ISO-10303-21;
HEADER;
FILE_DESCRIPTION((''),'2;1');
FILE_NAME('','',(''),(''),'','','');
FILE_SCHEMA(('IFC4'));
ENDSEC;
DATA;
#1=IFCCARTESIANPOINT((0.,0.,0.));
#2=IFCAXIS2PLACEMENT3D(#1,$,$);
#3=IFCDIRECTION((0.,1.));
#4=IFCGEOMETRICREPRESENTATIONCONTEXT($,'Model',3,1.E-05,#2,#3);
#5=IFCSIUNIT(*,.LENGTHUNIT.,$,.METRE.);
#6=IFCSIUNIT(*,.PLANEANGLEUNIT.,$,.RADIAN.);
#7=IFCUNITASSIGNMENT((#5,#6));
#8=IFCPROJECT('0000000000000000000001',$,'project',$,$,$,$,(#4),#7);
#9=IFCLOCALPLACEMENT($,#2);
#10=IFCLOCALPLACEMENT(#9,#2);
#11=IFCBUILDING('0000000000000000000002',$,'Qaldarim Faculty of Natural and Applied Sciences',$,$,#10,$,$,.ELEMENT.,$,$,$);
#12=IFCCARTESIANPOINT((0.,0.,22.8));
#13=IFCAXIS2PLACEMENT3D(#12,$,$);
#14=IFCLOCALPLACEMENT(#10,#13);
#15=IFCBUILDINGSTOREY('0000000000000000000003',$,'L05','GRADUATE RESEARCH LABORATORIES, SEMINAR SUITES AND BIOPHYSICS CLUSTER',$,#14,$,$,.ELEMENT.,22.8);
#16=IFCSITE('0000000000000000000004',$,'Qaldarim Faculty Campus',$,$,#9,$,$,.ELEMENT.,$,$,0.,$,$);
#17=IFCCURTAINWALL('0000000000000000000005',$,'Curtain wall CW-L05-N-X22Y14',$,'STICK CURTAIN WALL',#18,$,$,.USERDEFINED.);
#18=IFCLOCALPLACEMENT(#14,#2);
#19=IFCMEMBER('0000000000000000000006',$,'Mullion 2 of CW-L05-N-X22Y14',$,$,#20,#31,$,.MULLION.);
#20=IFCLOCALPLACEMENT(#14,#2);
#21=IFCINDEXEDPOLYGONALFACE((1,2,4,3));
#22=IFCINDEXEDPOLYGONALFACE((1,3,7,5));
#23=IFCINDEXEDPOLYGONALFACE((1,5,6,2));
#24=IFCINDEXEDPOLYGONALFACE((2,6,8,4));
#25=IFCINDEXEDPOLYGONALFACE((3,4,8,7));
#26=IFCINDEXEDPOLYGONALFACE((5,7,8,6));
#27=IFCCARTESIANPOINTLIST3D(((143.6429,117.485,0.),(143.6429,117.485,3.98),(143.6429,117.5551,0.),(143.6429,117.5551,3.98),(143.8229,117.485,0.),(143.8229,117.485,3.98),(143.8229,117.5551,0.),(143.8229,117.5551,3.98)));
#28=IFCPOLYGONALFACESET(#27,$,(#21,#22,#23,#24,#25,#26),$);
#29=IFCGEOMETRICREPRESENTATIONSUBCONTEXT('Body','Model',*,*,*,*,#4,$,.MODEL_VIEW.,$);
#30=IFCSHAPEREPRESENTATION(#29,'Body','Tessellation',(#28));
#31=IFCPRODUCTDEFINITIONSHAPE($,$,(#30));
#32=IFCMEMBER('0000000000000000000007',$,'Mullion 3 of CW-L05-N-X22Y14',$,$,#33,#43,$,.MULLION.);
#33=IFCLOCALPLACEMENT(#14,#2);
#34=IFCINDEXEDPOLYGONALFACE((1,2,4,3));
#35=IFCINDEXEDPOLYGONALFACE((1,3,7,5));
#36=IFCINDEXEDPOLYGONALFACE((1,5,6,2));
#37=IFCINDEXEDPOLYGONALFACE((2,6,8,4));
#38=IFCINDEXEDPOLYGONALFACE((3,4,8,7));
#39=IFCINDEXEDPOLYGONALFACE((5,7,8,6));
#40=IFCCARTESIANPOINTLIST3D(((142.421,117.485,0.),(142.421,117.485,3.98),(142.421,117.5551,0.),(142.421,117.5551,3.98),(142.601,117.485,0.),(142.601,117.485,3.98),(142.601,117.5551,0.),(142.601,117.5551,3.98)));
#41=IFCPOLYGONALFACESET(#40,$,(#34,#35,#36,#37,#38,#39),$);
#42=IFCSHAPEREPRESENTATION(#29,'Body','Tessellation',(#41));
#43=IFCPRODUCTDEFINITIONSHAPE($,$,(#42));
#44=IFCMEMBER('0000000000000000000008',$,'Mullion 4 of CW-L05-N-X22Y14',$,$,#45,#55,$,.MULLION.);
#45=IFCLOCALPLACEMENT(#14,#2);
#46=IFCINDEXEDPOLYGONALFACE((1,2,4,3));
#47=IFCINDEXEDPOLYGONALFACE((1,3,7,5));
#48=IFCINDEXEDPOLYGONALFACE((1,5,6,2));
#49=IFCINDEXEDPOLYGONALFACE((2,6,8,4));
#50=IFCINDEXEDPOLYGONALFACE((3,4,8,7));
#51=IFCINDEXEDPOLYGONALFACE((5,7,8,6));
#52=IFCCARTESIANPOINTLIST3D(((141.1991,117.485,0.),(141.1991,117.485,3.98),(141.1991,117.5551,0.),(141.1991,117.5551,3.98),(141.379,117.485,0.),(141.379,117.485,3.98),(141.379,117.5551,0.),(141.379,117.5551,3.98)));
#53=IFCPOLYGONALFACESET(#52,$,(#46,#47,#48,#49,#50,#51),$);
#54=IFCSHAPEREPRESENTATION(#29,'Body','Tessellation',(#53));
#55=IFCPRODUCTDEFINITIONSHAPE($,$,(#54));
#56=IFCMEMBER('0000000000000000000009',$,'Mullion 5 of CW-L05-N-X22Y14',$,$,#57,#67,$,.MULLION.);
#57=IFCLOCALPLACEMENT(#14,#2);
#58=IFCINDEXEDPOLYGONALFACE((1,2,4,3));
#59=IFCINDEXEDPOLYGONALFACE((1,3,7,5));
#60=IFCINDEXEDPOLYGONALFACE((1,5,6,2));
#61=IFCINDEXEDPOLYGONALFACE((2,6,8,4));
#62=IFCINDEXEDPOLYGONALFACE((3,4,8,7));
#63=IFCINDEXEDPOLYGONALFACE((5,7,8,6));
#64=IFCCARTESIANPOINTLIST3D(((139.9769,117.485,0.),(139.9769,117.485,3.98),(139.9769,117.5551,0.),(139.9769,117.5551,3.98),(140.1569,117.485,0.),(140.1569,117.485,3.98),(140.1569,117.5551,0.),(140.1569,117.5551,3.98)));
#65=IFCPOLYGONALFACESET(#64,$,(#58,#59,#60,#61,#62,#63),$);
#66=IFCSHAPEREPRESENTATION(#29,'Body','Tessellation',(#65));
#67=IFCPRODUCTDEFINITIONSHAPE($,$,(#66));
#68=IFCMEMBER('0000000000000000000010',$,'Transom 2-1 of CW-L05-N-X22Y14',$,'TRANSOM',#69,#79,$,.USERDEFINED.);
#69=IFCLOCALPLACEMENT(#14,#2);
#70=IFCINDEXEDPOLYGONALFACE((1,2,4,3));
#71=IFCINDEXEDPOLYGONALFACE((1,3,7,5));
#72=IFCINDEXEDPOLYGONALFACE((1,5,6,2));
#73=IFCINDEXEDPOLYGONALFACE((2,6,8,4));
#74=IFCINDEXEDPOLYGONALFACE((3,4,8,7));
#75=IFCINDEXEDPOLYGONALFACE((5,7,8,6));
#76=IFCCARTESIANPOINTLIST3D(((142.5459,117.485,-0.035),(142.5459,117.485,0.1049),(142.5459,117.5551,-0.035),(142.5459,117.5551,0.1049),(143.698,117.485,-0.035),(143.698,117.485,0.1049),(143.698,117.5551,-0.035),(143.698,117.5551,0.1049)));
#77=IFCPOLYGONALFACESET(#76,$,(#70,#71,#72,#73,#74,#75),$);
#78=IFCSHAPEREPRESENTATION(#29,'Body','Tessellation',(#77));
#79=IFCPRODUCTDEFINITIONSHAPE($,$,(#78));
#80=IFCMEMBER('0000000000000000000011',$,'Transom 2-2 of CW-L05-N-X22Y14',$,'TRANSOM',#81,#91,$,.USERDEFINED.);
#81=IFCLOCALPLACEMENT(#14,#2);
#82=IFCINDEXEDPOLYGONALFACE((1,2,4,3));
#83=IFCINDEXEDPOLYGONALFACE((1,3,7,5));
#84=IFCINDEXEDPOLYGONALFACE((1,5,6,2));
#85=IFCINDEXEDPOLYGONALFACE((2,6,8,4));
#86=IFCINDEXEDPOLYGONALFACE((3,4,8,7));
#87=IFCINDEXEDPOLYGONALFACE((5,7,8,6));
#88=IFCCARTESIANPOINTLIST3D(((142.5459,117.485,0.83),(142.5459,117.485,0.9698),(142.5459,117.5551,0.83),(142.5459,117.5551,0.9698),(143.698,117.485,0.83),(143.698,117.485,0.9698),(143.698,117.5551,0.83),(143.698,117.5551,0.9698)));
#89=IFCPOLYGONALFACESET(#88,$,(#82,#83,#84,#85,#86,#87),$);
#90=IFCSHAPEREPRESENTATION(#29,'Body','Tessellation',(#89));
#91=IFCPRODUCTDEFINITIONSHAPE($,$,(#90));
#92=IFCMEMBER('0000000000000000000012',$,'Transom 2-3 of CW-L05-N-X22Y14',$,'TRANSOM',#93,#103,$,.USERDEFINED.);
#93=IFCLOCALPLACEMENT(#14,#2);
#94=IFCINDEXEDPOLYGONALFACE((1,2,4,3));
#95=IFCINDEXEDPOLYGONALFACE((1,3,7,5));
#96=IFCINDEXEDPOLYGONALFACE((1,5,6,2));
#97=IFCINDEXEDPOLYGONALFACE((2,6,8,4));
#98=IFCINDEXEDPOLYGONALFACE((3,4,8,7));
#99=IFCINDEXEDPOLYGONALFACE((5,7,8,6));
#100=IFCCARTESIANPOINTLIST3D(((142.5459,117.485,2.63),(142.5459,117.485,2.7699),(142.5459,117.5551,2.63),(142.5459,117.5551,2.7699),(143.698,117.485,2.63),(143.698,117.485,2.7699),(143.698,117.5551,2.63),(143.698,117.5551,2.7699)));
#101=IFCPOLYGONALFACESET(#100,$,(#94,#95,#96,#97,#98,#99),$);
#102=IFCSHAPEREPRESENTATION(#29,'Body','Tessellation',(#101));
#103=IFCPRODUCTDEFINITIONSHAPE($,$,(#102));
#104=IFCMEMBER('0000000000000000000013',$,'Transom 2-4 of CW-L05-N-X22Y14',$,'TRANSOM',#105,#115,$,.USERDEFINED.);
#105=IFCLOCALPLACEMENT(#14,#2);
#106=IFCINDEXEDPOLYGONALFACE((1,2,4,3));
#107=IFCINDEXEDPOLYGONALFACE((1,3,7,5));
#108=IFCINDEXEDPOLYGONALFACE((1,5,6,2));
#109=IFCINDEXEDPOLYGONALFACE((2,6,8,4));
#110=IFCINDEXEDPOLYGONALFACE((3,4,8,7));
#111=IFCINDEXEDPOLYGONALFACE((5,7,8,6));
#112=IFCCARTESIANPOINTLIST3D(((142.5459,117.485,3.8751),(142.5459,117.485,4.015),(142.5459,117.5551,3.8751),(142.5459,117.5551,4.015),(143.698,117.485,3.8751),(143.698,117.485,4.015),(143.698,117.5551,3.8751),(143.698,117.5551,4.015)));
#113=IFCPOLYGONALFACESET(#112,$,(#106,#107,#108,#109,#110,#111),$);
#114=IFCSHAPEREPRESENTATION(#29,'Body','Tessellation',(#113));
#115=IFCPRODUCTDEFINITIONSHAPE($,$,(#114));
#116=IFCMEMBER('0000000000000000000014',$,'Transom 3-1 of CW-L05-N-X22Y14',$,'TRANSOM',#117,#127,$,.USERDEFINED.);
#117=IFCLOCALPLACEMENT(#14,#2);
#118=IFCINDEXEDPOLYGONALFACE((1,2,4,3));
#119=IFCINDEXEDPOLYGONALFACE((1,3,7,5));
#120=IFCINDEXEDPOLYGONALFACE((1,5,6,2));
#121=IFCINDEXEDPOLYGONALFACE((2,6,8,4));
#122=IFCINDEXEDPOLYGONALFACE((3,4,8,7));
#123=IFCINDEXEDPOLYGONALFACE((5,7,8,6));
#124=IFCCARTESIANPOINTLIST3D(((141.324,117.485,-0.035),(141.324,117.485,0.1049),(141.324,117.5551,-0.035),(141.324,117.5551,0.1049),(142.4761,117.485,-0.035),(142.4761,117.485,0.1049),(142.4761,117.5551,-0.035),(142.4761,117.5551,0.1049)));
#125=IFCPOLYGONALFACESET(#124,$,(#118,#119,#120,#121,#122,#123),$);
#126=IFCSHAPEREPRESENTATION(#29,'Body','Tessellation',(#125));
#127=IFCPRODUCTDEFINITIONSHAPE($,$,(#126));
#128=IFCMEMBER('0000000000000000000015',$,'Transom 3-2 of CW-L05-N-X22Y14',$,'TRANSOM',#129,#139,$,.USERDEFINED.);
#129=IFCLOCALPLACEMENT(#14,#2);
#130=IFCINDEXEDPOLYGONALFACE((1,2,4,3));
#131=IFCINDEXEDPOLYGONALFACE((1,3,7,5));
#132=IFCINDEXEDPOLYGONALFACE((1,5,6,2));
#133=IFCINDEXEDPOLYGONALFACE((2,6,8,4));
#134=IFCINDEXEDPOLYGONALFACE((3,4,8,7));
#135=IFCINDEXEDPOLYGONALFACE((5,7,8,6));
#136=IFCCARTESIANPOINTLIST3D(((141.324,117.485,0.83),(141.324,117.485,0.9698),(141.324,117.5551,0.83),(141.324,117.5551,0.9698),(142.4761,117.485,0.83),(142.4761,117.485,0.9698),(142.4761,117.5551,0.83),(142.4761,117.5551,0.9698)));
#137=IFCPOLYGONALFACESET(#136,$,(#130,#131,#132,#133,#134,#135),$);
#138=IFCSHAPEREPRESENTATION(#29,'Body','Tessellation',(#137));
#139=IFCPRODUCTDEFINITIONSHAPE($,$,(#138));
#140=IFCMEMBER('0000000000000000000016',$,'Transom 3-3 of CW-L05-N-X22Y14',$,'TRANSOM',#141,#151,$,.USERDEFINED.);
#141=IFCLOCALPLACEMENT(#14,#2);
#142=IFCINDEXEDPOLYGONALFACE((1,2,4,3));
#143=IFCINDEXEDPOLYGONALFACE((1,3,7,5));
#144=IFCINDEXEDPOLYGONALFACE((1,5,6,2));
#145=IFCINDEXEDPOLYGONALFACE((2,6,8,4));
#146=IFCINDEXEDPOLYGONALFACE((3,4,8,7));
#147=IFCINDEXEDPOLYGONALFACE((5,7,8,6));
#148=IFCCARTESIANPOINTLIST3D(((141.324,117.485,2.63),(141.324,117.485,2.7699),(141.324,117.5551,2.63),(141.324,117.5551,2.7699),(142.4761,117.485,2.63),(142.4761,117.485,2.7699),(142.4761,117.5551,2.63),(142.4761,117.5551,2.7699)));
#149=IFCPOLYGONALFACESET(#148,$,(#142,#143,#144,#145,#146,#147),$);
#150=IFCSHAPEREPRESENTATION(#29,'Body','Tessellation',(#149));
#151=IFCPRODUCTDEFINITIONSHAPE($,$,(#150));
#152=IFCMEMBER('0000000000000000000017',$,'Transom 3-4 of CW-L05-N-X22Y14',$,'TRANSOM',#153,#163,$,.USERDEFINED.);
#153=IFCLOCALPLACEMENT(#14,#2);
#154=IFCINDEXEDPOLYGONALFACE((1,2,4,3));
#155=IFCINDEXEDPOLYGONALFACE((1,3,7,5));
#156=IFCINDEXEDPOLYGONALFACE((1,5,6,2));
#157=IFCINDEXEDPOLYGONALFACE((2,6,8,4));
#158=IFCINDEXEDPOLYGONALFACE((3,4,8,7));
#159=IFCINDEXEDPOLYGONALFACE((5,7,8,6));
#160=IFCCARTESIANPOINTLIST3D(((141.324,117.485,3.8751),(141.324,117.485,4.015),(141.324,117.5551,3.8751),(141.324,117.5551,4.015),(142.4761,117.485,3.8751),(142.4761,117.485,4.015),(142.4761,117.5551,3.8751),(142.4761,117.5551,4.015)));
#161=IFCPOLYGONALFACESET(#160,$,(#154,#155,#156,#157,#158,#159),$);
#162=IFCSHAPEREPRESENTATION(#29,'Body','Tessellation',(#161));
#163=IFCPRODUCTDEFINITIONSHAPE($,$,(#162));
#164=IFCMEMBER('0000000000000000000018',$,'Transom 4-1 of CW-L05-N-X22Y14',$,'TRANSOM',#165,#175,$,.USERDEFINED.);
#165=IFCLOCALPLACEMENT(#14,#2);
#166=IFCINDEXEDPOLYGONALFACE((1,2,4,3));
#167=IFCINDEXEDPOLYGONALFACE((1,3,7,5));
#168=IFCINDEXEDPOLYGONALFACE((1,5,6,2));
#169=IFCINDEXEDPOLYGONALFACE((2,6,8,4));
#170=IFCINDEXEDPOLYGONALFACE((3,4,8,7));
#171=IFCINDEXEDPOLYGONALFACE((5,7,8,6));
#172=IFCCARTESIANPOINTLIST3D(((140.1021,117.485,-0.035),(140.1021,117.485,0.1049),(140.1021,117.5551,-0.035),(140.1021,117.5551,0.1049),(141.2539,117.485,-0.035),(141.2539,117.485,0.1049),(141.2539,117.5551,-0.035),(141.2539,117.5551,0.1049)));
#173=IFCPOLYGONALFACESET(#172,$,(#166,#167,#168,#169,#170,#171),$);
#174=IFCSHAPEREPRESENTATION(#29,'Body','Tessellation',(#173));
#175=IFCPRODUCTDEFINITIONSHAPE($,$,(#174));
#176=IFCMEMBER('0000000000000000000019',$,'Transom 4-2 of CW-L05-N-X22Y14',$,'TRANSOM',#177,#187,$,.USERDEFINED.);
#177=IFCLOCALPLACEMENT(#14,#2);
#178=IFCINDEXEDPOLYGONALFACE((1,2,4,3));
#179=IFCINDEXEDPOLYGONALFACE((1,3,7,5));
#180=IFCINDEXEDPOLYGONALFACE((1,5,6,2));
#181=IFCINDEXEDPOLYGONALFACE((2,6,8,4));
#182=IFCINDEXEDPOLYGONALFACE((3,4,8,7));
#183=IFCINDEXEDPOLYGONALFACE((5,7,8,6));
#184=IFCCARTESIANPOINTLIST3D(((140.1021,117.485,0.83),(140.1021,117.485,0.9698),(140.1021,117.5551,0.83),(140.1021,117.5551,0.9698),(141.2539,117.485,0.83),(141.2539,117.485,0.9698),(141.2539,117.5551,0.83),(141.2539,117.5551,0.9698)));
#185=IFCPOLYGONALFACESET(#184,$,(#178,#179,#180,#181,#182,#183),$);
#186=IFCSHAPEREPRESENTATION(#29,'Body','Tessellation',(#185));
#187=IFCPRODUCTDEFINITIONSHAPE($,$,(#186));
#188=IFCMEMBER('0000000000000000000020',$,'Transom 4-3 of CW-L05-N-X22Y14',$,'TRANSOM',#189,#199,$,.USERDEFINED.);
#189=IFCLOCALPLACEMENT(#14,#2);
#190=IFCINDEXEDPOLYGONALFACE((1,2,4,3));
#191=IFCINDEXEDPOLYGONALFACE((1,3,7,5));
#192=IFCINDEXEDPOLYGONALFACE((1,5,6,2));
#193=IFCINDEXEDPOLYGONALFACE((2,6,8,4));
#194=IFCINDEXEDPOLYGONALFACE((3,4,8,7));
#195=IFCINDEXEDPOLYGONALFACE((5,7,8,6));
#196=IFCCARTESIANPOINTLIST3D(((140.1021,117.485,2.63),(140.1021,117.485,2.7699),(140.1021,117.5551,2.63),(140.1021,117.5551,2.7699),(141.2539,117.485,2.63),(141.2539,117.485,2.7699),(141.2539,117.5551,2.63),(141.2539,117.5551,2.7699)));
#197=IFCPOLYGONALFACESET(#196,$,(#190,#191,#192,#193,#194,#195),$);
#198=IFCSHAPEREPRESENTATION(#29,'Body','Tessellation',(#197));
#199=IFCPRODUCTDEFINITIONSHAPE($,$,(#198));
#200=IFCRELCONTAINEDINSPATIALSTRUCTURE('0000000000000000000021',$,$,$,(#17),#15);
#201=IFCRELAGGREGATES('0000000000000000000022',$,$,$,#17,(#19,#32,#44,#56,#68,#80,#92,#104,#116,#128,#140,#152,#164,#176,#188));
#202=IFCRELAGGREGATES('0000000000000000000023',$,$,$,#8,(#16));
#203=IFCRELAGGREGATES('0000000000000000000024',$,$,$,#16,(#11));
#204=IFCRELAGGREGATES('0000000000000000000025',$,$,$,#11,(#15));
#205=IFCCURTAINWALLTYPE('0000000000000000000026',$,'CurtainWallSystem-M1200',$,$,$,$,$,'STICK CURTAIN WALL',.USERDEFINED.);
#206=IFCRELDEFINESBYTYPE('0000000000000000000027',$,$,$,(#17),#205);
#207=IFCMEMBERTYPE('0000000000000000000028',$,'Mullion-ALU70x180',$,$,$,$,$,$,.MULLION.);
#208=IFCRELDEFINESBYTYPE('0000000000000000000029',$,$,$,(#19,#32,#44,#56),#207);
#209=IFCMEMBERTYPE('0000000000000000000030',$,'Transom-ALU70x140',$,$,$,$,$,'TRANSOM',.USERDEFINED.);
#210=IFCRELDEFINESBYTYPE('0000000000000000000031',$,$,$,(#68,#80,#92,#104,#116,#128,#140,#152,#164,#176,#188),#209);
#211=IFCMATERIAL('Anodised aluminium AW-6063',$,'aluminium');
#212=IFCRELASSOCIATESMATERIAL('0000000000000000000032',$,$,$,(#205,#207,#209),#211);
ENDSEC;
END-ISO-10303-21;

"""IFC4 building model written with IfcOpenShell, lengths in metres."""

from ifc_helpers import new_model, si_unit, direction, frame, origin, origin_2d, place, context, subcontext, project, spatial, rectangle, extrude, material, material_profile, profile_set, type_object, element, aggregate, save


model = new_model("IFC4")

# Units and contexts
model_context = context("Model", 3, precision=1e-05, world=origin(), true_north=direction((0.0, 1.0)))
body_context = subcontext(model_context, "Body", "Model", "MODEL_VIEW")
ifc_project = project(units=[si_unit("LENGTHUNIT", "METRE"), si_unit("PLANEANGLEUNIT", "RADIAN")], contexts=[model_context])

# Site, building, storey
site_placement = place(None, origin())
site = spatial("IfcSite", under=ifc_project, at=site_placement, Name="Qaldarim Faculty Campus", CompositionType="ELEMENT", RefElevation=0.0)
building_placement = place(site_placement, origin())
building = spatial("IfcBuilding", under=site, at=building_placement, Name="Qaldarim Faculty of Natural and Applied Sciences", CompositionType="ELEMENT")
storey_placement = place(building_placement, frame((0.0, 0.0, 22.8)))
storey = spatial("IfcBuildingStorey", under=building, at=storey_placement, Name="L05", Description="GRADUATE RESEARCH LABORATORIES, SEMINAR SUITES AND BIOPHYSICS CLUSTER", CompositionType="ELEMENT", Elevation=22.8)

# Curtain wall, members
ifc_material_1 = material(Name="Anodised aluminium AW-6063", Category="aluminium")
curtain_wall_type = type_object("IfcCurtainWallType", Name="CurtainWallSystem-M1200", ElementType="STICK CURTAIN WALL", PredefinedType="USERDEFINED", material=ifc_material_1)
curtain_wall_placement = place(storey_placement, origin())
curtain_wall = element("IfcCurtainWall", 1, at=curtain_wall_placement, inside=storey, type_object=curtain_wall_type, Name="Curtain wall CW-L05-N-X22Y14", ObjectType="STICK CURTAIN WALL", PredefinedType="USERDEFINED")
ifc_material_profile_1 = material_profile(ifc_material_1, rectangle(XDim=0.0701, YDim=0.1799, at=origin_2d()), Name="ALU-M70x180")
ifc_profile_set_1 = profile_set([ifc_material_profile_1], Name="Anodised aluminium AW-6063")
member_type_1 = type_object("IfcMemberType", Name="Mullion-ALU70x180", PredefinedType="MULLION", material=ifc_profile_set_1)
member_1_placement = place(storey_placement, frame((143.7329, 117.52, 0.0), z_axis=(0.0, 0.0, 1.0), x_axis=(0.0, -1.0, 0.0)))
member_1 = element("IfcMember", 2, at=member_1_placement, type_object=member_type_1, Name="Mullion 2 of CW-L05-N-X22Y14", PredefinedType="MULLION", context=body_context, shape_type="SweptSolid", body=[
    extrude(rectangle(XDim=0.0701, YDim=0.1799, at=origin_2d()), origin(), (0.0, 0.0, 1.0), 3.98),
])
member_2_placement = place(storey_placement, frame((142.511, 117.52, 0.0), z_axis=(0.0, 0.0, 1.0), x_axis=(0.0, -1.0, 0.0)))
member_2 = element("IfcMember", 3, at=member_2_placement, type_object=member_type_1, Name="Mullion 3 of CW-L05-N-X22Y14", PredefinedType="MULLION", context=body_context, shape_type="SweptSolid", body=[
    extrude(rectangle(XDim=0.0701, YDim=0.1799, at=origin_2d()), origin(), (0.0, 0.0, 1.0), 3.98),
])
member_3_placement = place(storey_placement, frame((141.2891, 117.52, 0.0), z_axis=(0.0, 0.0, 1.0), x_axis=(0.0, -1.0, 0.0)))
member_3 = element("IfcMember", 4, at=member_3_placement, type_object=member_type_1, Name="Mullion 4 of CW-L05-N-X22Y14", PredefinedType="MULLION", context=body_context, shape_type="SweptSolid", body=[
    extrude(rectangle(XDim=0.0701, YDim=0.1799, at=origin_2d()), origin(), (0.0, 0.0, 1.0), 3.98),
])
member_4_placement = place(storey_placement, frame((140.0669, 117.52, 0.0), z_axis=(0.0, 0.0, 1.0), x_axis=(0.0, -1.0, 0.0)))
member_4 = element("IfcMember", 5, at=member_4_placement, type_object=member_type_1, Name="Mullion 5 of CW-L05-N-X22Y14", PredefinedType="MULLION", context=body_context, shape_type="SweptSolid", body=[
    extrude(rectangle(XDim=0.0701, YDim=0.1799, at=origin_2d()), origin(), (0.0, 0.0, 1.0), 3.98),
])
ifc_material_profile_2 = material_profile(ifc_material_1, rectangle(XDim=0.0701, YDim=0.1399, at=origin_2d()), Name="ALU-T70x140")
ifc_profile_set_2 = profile_set([ifc_material_profile_2], Name="Anodised aluminium AW-6063")
member_type_2 = type_object("IfcMemberType", Name="Transom-ALU70x140", ElementType="TRANSOM", PredefinedType="USERDEFINED", material=ifc_profile_set_2)
member_5_placement = place(storey_placement, frame((143.698, 117.52, 0.0349), z_axis=(-1.0, 0.0, 0.0), x_axis=(0.0, -1.0, 0.0)))
member_5 = element("IfcMember", 6, at=member_5_placement, type_object=member_type_2, Name="Transom 2-1 of CW-L05-N-X22Y14", ObjectType="TRANSOM", PredefinedType="USERDEFINED", context=body_context, shape_type="SweptSolid", body=[
    extrude(rectangle(XDim=0.0701, YDim=0.1399, at=origin_2d()), origin(), (0.0, 0.0, 1.0), 1.1521),
])
member_6_placement = place(storey_placement, frame((143.698, 117.52, 0.8999), z_axis=(-1.0, 0.0, 0.0), x_axis=(0.0, -1.0, 0.0)))
member_6 = element("IfcMember", 7, at=member_6_placement, type_object=member_type_2, Name="Transom 2-2 of CW-L05-N-X22Y14", ObjectType="TRANSOM", PredefinedType="USERDEFINED", context=body_context, shape_type="SweptSolid", body=[
    extrude(rectangle(XDim=0.0701, YDim=0.1399, at=origin_2d()), origin(), (0.0, 0.0, 1.0), 1.1521),
])
member_7_placement = place(storey_placement, frame((143.698, 117.52, 2.7), z_axis=(-1.0, 0.0, 0.0), x_axis=(0.0, -1.0, 0.0)))
member_7 = element("IfcMember", 8, at=member_7_placement, type_object=member_type_2, Name="Transom 2-3 of CW-L05-N-X22Y14", ObjectType="TRANSOM", PredefinedType="USERDEFINED", context=body_context, shape_type="SweptSolid", body=[
    extrude(rectangle(XDim=0.0701, YDim=0.1399, at=origin_2d()), origin(), (0.0, 0.0, 1.0), 1.1521),
])
member_8_placement = place(storey_placement, frame((143.698, 117.52, 3.9451), z_axis=(-1.0, 0.0, 0.0), x_axis=(0.0, -1.0, 0.0)))
member_8 = element("IfcMember", 9, at=member_8_placement, type_object=member_type_2, Name="Transom 2-4 of CW-L05-N-X22Y14", ObjectType="TRANSOM", PredefinedType="USERDEFINED", context=body_context, shape_type="SweptSolid", body=[
    extrude(rectangle(XDim=0.0701, YDim=0.1399, at=origin_2d()), origin(), (0.0, 0.0, 1.0), 1.1521),
])
member_9_placement = place(storey_placement, frame((142.4761, 117.52, 0.0349), z_axis=(-1.0, 0.0, 0.0), x_axis=(0.0, -1.0, 0.0)))
member_9 = element("IfcMember", 10, at=member_9_placement, type_object=member_type_2, Name="Transom 3-1 of CW-L05-N-X22Y14", ObjectType="TRANSOM", PredefinedType="USERDEFINED", context=body_context, shape_type="SweptSolid", body=[
    extrude(rectangle(XDim=0.0701, YDim=0.1399, at=origin_2d()), origin(), (0.0, 0.0, 1.0), 1.1521),
])
member_10_placement = place(storey_placement, frame((142.4761, 117.52, 0.8999), z_axis=(-1.0, 0.0, 0.0), x_axis=(0.0, -1.0, 0.0)))
member_10 = element("IfcMember", 11, at=member_10_placement, type_object=member_type_2, Name="Transom 3-2 of CW-L05-N-X22Y14", ObjectType="TRANSOM", PredefinedType="USERDEFINED", context=body_context, shape_type="SweptSolid", body=[
    extrude(rectangle(XDim=0.0701, YDim=0.1399, at=origin_2d()), origin(), (0.0, 0.0, 1.0), 1.1521),
])
member_11_placement = place(storey_placement, frame((142.4761, 117.52, 2.7), z_axis=(-1.0, 0.0, 0.0), x_axis=(0.0, -1.0, 0.0)))
member_11 = element("IfcMember", 12, at=member_11_placement, type_object=member_type_2, Name="Transom 3-3 of CW-L05-N-X22Y14", ObjectType="TRANSOM", PredefinedType="USERDEFINED", context=body_context, shape_type="SweptSolid", body=[
    extrude(rectangle(XDim=0.0701, YDim=0.1399, at=origin_2d()), origin(), (0.0, 0.0, 1.0), 1.1521),
])
member_12_placement = place(storey_placement, frame((142.4761, 117.52, 3.9451), z_axis=(-1.0, 0.0, 0.0), x_axis=(0.0, -1.0, 0.0)))
member_12 = element("IfcMember", 13, at=member_12_placement, type_object=member_type_2, Name="Transom 3-4 of CW-L05-N-X22Y14", ObjectType="TRANSOM", PredefinedType="USERDEFINED", context=body_context, shape_type="SweptSolid", body=[
    extrude(rectangle(XDim=0.0701, YDim=0.1399, at=origin_2d()), origin(), (0.0, 0.0, 1.0), 1.1521),
])
member_13_placement = place(storey_placement, frame((141.2539, 117.52, 0.0349), z_axis=(-1.0, 0.0, 0.0), x_axis=(0.0, -1.0, 0.0)))
member_13 = element("IfcMember", 14, at=member_13_placement, type_object=member_type_2, Name="Transom 4-1 of CW-L05-N-X22Y14", ObjectType="TRANSOM", PredefinedType="USERDEFINED", context=body_context, shape_type="SweptSolid", body=[
    extrude(rectangle(XDim=0.0701, YDim=0.1399, at=origin_2d()), origin(), (0.0, 0.0, 1.0), 1.1519),
])
member_14_placement = place(storey_placement, frame((141.2539, 117.52, 0.8999), z_axis=(-1.0, 0.0, 0.0), x_axis=(0.0, -1.0, 0.0)))
member_14 = element("IfcMember", 15, at=member_14_placement, type_object=member_type_2, Name="Transom 4-2 of CW-L05-N-X22Y14", ObjectType="TRANSOM", PredefinedType="USERDEFINED", context=body_context, shape_type="SweptSolid", body=[
    extrude(rectangle(XDim=0.0701, YDim=0.1399, at=origin_2d()), origin(), (0.0, 0.0, 1.0), 1.1519),
])
member_15_placement = place(storey_placement, frame((141.2539, 117.52, 2.7), z_axis=(-1.0, 0.0, 0.0), x_axis=(0.0, -1.0, 0.0)))
member_15 = element("IfcMember", 16, at=member_15_placement, type_object=member_type_2, Name="Transom 4-3 of CW-L05-N-X22Y14", ObjectType="TRANSOM", PredefinedType="USERDEFINED", context=body_context, shape_type="SweptSolid", body=[
    extrude(rectangle(XDim=0.0701, YDim=0.1399, at=origin_2d()), origin(), (0.0, 0.0, 1.0), 1.1519),
])
aggregate(curtain_wall, [member_1, member_2, member_3, member_4, member_5, member_6, member_7, member_8, member_9, member_10, member_11, member_12, member_13, member_14, member_15])

save(model, "model.ifc")
